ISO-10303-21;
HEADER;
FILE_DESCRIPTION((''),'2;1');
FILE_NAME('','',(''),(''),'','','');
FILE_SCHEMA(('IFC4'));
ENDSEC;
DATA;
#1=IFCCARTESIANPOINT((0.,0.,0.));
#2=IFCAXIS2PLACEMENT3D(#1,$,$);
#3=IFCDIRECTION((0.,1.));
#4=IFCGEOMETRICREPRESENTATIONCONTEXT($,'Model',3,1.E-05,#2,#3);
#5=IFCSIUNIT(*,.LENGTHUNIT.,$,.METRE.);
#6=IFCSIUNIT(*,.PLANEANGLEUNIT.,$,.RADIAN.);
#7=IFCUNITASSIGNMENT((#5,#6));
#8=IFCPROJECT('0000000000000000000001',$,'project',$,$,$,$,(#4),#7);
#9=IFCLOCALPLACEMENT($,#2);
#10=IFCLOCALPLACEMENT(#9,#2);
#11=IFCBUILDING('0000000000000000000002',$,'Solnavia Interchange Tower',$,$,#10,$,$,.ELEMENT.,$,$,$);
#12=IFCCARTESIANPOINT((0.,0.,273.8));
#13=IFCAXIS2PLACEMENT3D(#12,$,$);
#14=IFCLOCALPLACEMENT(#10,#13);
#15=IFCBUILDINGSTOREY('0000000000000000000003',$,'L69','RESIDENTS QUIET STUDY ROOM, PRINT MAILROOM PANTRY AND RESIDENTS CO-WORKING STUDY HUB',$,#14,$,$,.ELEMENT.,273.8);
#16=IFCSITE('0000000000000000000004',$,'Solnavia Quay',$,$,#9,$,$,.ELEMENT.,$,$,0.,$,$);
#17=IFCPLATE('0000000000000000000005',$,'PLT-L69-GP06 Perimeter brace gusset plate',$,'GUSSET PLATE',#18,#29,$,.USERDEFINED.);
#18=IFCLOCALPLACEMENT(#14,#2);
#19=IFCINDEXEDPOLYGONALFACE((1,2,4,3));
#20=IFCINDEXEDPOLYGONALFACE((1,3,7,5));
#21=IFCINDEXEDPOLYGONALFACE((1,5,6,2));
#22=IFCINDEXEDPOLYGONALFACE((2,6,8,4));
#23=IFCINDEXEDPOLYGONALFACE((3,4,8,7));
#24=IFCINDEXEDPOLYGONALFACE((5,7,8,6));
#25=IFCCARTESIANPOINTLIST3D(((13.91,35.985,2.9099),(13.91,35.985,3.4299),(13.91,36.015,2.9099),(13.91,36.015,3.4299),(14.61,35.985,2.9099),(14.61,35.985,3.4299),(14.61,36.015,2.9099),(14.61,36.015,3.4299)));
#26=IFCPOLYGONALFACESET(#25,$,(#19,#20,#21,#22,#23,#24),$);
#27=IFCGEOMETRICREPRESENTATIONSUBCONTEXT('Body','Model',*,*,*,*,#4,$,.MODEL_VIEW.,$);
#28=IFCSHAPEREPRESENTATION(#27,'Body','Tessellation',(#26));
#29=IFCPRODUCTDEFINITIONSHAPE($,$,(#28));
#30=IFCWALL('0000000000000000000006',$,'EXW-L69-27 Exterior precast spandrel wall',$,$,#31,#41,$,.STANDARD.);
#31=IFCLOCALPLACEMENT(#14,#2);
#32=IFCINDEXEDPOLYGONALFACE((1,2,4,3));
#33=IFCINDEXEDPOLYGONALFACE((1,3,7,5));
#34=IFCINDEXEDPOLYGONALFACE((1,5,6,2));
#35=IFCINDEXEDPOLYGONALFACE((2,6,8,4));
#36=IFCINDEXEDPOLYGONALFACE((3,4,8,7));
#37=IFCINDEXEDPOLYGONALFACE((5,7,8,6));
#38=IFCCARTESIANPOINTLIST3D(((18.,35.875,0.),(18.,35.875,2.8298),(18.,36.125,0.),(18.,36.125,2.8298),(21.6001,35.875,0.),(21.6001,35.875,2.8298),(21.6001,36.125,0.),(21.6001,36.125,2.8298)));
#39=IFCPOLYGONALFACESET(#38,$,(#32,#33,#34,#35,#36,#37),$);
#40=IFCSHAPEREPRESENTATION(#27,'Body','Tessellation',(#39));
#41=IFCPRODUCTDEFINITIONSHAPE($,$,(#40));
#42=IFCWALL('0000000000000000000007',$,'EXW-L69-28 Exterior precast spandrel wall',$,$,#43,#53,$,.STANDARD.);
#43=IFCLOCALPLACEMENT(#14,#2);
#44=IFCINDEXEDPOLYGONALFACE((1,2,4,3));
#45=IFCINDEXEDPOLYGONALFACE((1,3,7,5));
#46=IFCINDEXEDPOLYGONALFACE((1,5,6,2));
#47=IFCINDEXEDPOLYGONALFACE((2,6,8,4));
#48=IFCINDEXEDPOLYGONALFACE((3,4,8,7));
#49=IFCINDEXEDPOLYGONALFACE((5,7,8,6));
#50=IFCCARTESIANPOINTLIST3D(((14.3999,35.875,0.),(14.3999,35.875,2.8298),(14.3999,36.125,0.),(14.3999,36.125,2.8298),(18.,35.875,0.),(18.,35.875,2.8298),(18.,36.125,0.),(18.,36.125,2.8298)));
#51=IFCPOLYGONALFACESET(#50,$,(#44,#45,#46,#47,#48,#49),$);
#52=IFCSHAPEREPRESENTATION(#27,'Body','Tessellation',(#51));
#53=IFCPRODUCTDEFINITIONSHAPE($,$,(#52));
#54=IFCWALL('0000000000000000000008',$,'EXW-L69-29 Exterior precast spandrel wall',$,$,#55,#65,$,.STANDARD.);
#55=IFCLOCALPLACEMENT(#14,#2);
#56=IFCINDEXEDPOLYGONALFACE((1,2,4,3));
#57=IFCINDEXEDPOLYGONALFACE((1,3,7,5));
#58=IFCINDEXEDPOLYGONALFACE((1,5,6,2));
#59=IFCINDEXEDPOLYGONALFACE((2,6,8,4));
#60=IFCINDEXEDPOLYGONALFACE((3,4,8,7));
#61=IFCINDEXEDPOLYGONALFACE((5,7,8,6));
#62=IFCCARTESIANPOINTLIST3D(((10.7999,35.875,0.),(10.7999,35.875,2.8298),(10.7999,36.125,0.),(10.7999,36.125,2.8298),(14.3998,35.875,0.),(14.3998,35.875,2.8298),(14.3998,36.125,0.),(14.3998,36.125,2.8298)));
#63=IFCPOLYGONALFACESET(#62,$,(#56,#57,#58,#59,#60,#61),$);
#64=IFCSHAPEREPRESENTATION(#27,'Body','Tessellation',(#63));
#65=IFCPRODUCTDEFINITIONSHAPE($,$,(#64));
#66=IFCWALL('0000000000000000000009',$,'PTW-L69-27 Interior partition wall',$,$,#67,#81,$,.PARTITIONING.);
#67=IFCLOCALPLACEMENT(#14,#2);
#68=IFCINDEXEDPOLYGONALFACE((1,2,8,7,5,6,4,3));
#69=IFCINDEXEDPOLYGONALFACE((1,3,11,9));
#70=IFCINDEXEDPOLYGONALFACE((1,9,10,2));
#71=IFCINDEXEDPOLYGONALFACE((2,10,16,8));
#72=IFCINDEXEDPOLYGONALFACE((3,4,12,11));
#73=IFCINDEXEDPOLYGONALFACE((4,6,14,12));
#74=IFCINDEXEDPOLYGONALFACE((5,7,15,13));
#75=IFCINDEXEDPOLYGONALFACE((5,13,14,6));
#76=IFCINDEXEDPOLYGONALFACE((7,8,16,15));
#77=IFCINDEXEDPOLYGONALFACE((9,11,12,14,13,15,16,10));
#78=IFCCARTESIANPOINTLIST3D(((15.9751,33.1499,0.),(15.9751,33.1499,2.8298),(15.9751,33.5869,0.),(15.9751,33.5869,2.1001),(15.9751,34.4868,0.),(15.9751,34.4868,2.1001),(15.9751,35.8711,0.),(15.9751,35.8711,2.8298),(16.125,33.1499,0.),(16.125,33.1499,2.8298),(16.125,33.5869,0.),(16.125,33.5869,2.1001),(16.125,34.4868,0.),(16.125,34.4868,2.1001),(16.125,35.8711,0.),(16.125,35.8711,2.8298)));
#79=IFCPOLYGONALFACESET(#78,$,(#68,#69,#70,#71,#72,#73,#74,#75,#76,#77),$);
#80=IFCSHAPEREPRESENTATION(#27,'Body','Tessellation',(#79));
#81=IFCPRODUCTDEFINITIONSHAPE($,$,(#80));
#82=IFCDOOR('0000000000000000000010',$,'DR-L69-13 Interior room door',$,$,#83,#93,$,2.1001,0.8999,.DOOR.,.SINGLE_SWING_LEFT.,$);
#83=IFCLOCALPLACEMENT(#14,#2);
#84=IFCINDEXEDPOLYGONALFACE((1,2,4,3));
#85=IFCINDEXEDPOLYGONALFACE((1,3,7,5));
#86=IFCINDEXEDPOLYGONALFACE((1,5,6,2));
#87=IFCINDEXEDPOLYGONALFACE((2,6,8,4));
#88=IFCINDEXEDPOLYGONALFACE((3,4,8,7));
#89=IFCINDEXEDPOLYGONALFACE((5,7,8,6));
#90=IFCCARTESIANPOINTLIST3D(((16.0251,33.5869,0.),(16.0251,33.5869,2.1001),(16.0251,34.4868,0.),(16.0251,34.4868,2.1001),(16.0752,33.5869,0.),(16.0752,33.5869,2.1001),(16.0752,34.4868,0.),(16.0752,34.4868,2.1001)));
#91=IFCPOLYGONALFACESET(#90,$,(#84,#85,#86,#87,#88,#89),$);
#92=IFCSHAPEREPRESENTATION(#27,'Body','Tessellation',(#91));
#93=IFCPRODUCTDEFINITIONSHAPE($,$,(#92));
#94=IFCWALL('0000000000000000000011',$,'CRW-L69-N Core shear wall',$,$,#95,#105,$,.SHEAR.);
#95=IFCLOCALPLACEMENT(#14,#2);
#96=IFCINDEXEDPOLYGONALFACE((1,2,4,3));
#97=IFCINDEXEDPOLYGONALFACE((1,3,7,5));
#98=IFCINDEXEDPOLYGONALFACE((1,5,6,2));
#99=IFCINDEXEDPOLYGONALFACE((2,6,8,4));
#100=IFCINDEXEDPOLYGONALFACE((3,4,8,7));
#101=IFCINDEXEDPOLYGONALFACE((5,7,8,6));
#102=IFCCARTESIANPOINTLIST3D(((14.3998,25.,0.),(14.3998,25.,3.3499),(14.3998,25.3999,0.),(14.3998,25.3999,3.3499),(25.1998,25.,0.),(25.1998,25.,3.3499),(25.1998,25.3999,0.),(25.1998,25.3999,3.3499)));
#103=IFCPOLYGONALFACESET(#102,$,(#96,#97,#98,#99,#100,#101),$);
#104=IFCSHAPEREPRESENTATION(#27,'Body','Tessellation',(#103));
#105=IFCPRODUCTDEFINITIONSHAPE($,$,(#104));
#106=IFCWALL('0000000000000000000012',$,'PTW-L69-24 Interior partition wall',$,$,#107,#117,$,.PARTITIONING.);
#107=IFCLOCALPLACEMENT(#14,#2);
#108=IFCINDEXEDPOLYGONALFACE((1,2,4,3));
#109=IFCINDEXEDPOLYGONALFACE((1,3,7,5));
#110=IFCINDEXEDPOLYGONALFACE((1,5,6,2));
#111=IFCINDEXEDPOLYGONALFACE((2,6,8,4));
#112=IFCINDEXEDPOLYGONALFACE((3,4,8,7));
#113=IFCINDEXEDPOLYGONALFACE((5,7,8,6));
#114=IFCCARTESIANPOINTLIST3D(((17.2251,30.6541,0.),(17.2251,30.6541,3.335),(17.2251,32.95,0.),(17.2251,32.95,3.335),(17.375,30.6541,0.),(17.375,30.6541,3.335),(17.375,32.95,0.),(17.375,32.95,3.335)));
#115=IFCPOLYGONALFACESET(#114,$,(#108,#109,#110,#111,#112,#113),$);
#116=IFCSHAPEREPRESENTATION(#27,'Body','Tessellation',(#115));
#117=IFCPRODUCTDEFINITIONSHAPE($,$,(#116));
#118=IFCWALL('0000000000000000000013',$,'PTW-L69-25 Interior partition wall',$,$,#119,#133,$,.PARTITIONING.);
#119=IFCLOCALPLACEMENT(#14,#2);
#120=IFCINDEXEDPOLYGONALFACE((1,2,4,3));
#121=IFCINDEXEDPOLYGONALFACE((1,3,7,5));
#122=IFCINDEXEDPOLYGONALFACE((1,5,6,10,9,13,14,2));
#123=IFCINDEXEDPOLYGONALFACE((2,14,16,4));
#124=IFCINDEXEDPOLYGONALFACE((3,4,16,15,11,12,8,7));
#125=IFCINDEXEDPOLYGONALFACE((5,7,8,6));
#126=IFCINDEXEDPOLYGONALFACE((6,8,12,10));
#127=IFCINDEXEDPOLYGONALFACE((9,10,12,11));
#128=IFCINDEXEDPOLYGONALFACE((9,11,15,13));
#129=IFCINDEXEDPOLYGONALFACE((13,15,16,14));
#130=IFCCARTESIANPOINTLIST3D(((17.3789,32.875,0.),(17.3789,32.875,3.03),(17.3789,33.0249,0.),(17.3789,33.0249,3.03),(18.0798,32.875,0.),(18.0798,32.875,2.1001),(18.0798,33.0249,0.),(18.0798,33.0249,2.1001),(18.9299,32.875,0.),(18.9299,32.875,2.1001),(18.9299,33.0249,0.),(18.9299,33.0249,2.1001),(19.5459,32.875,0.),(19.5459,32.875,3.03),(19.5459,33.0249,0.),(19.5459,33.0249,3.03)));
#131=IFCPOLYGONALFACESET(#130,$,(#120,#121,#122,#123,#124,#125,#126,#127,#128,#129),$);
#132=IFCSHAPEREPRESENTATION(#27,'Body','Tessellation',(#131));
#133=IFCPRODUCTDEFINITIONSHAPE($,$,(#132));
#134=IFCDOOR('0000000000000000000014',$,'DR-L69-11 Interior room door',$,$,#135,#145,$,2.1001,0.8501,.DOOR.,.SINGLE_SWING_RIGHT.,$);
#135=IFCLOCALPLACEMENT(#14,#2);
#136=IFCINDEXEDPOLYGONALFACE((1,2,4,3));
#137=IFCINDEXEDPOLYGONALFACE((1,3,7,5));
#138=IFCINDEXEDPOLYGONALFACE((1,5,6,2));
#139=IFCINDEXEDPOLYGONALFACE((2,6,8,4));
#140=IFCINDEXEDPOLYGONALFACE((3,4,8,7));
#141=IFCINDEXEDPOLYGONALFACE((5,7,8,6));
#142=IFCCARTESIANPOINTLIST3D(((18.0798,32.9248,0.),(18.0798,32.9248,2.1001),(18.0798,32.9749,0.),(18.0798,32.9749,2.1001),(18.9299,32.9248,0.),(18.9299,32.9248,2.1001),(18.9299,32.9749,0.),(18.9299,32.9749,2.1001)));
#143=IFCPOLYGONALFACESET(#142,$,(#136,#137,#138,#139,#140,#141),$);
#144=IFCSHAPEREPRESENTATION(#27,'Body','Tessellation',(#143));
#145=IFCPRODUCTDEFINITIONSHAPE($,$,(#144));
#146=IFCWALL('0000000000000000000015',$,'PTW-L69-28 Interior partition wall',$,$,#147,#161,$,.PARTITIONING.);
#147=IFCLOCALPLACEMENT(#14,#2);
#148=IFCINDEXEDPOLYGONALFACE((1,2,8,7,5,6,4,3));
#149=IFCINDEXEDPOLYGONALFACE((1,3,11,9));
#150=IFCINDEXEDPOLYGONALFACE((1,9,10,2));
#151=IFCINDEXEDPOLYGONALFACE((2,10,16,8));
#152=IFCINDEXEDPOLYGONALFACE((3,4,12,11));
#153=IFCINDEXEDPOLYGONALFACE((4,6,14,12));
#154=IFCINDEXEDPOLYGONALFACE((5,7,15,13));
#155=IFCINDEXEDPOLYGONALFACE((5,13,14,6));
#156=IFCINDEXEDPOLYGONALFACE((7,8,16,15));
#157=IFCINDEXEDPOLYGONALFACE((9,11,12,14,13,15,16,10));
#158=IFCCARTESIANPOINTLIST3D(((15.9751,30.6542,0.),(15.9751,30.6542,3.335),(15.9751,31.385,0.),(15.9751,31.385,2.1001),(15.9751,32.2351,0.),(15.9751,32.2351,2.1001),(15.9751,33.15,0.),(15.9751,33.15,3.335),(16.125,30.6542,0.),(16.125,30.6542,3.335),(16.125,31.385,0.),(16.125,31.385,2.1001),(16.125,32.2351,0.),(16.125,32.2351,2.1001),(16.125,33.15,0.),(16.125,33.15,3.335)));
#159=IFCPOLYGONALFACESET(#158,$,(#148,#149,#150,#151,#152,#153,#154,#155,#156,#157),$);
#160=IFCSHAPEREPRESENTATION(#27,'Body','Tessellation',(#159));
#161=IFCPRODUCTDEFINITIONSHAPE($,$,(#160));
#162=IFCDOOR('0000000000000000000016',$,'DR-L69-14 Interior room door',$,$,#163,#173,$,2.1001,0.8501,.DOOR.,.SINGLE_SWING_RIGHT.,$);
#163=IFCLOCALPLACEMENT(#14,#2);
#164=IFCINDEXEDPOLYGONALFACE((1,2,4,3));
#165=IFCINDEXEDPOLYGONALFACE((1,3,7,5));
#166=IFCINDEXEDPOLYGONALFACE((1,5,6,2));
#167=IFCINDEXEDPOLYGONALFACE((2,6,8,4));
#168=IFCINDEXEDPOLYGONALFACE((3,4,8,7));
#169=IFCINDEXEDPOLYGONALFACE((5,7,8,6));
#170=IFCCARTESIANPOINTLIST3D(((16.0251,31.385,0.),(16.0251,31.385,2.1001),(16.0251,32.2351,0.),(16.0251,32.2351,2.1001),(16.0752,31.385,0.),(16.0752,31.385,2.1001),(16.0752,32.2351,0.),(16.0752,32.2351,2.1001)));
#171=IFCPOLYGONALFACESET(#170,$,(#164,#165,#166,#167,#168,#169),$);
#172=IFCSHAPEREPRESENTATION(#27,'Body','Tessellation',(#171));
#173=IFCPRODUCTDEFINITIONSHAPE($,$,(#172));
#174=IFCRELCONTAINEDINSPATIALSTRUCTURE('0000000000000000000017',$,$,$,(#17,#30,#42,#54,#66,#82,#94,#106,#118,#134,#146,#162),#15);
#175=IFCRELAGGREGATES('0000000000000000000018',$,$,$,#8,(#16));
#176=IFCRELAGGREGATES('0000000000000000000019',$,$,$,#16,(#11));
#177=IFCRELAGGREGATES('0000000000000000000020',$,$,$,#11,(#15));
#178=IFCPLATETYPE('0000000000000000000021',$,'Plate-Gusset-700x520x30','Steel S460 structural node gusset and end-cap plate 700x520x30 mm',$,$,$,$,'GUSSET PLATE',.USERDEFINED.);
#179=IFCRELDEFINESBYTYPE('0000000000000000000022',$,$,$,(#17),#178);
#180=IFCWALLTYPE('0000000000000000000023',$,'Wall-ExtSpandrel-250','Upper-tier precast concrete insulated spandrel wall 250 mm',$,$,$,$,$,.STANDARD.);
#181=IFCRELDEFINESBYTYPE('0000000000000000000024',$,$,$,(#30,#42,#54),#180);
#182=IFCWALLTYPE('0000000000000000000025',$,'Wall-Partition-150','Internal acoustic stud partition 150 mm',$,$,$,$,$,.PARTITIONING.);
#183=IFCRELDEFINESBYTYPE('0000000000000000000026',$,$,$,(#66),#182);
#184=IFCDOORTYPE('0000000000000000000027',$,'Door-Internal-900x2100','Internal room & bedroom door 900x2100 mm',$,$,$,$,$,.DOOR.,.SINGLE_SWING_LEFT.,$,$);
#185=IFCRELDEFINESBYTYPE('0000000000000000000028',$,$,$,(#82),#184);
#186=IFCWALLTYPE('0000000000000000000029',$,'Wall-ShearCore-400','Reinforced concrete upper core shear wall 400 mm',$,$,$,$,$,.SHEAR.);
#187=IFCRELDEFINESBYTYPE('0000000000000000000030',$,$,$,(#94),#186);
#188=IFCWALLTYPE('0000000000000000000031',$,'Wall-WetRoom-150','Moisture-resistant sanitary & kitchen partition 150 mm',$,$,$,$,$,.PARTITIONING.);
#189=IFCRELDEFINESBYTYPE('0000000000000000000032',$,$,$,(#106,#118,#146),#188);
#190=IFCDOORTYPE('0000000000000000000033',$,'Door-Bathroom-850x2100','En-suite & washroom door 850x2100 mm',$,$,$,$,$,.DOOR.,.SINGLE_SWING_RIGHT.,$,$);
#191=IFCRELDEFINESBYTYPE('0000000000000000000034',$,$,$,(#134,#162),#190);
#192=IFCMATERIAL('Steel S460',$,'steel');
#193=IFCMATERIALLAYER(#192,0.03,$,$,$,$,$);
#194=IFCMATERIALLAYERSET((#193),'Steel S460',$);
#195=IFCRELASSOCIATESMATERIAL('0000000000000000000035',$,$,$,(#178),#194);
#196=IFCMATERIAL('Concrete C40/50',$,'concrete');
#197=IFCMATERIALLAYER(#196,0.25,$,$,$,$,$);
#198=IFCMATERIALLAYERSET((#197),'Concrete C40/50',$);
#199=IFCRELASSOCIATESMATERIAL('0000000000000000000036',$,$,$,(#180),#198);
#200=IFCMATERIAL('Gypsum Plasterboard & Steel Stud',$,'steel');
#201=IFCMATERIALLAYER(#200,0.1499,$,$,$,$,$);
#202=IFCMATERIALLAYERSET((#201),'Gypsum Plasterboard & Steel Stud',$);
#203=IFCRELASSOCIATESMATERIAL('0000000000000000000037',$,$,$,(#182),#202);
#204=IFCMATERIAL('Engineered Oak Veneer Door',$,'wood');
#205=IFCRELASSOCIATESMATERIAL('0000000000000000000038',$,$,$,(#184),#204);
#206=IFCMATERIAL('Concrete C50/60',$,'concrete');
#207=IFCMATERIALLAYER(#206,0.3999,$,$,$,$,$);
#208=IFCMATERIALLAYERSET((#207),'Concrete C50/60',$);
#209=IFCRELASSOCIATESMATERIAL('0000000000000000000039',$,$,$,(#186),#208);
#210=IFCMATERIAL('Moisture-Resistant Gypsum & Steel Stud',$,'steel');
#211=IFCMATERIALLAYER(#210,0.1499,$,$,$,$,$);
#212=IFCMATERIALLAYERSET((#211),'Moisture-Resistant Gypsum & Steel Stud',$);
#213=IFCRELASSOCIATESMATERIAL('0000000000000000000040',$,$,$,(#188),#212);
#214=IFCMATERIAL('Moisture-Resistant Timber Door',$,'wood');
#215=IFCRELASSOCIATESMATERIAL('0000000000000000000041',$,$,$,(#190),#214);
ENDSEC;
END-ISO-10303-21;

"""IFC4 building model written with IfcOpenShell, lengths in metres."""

from ifc_helpers import new_model, si_unit, direction, frame, frame_2d, origin, origin_2d, place, context, subcontext, project, spatial, rectangle, extrude, material, layer, layer_set, type_object, element, fill, save


model = new_model("IFC4")

# Units and contexts
model_context = context("Model", 3, precision=1e-05, world=origin(), true_north=direction((0.0, 1.0)))
body_context = subcontext(model_context, "Body", "Model", "MODEL_VIEW")
ifc_project = project(units=[si_unit("LENGTHUNIT", "METRE"), si_unit("PLANEANGLEUNIT", "RADIAN")], contexts=[model_context])

# Site, building, storey
site_placement = place(None, origin())
site = spatial("IfcSite", under=ifc_project, at=site_placement, Name="Solnavia Quay", CompositionType="ELEMENT", RefElevation=0.0)
building_placement = place(site_placement, origin())
building = spatial("IfcBuilding", under=site, at=building_placement, Name="Solnavia Interchange Tower", CompositionType="ELEMENT")
storey_placement = place(building_placement, frame((0.0, 0.0, 273.8)))
storey = spatial("IfcBuildingStorey", under=building, at=storey_placement, Name="L69", Description="RESIDENTS QUIET STUDY ROOM, PRINT MAILROOM PANTRY AND RESIDENTS CO-WORKING STUDY HUB", CompositionType="ELEMENT", Elevation=273.8)

# Shared definitions
ifc_material_1 = material(Name="Concrete C50/60", Category="concrete")

# Shared definitions
ifc_material_2 = material(Name="Steel S460", Category="steel")

# Plate
ifc_layer_1 = layer(ifc_material_2, 0.03)
ifc_layer_set_1 = layer_set([ifc_layer_1], Name="Steel S460")
plate_type = type_object("IfcPlateType", Name="Plate-Gusset-700x520x30", Description="Steel S460 structural node gusset and end-cap plate 700x520x30 mm", ElementType="GUSSET PLATE", PredefinedType="USERDEFINED", material=ifc_layer_set_1)
for number, where, z_axis, x_axis, name in (
    (1, (14.26, 36.0, 2.9099), (0.0, 0.0, 1.0), (1.0, 0.0, 0.0), "PLT-L69-GP06 Perimeter brace gusset plate"),
):
    element("IfcPlate", number, at=place(storey_placement, frame(where, z_axis=z_axis, x_axis=x_axis)), inside=storey, type_object=plate_type, Name=name, ObjectType="GUSSET PLATE", PredefinedType="USERDEFINED", context=body_context, shape_type="SweptSolid", body=[
        extrude(rectangle(XDim=0.7, YDim=0.03, at=origin_2d()), origin(), (0.0, 0.0, 1.0), 0.52),
    ])

# Walls
ifc_material_3 = material(Name="Concrete C40/50", Category="concrete")
ifc_layer_2 = layer(ifc_material_3, 0.25)
ifc_layer_set_2 = layer_set([ifc_layer_2], Name="Concrete C40/50")
wall_type_1 = type_object("IfcWallType", Name="Wall-ExtSpandrel-250", Description="Upper-tier precast concrete insulated spandrel wall 250 mm", PredefinedType="STANDARD", material=ifc_layer_set_2)
for number, where, z_axis, x_axis, name in (
    (2, (18.0, 36.0, 0.0), (0.0, 0.0, 1.0), (1.0, 0.0, 0.0), "EXW-L69-27 Exterior precast spandrel wall"),
    (3, (14.3999, 36.0, 0.0), (0.0, 0.0, 1.0), (1.0, 0.0, 0.0), "EXW-L69-28 Exterior precast spandrel wall"),
):
    element("IfcWall", number, at=place(storey_placement, frame(where, z_axis=z_axis, x_axis=x_axis)), inside=storey, type_object=wall_type_1, Name=name, PredefinedType="STANDARD", context=body_context, shape_type="SweptSolid", body=[
        extrude(rectangle(XDim=3.6001, YDim=0.25, at=frame_2d((1.8, 0.0))), origin(), (0.0, 0.0, 1.0), 2.8298),
    ])
wall_1_placement = place(storey_placement, frame((10.8, 36.0, 0.0), z_axis=(0.0, 0.0, 1.0), x_axis=(1.0, 0.0, 0.0)))
element("IfcWall", 4, at=wall_1_placement, inside=storey, type_object=wall_type_1, Name="EXW-L69-29 Exterior precast spandrel wall", PredefinedType="STANDARD", context=body_context, shape_type="SweptSolid", body=[
    extrude(rectangle(XDim=3.5999, YDim=0.25, at=frame_2d((1.7998, 0.0))), origin(), (0.0, 0.0, 1.0), 2.8298),
])

# Wall, opening, door
ifc_material_4 = material(Name="Gypsum Plasterboard & Steel Stud", Category="steel")
ifc_layer_3 = layer(ifc_material_4, 0.1499)
ifc_layer_set_3 = layer_set([ifc_layer_3], Name="Gypsum Plasterboard & Steel Stud")
wall_type_2 = type_object("IfcWallType", Name="Wall-Partition-150", Description="Internal acoustic stud partition 150 mm", PredefinedType="PARTITIONING", material=ifc_layer_set_3)
wall_2_placement = place(storey_placement, frame((16.05, 33.1499, 0.0), z_axis=(0.0, 0.0, 1.0), x_axis=(0.0, 1.0, 0.0)))
wall_2 = element("IfcWall", 5, at=wall_2_placement, inside=storey, type_object=wall_type_2, Name="PTW-L69-27 Interior partition wall", PredefinedType="PARTITIONING", context=body_context, shape_type="SweptSolid", body=[
    extrude(rectangle(XDim=2.7212, YDim=0.1499, at=frame_2d((1.3606, 0.0))), origin(), (0.0, 0.0, 1.0), 2.8298),
])
opening_1_placement = place(wall_2_placement, frame((0.437, 0.0, 0.0)))
opening_1 = element("IfcOpeningElement", 6, at=opening_1_placement, cuts=wall_2, PredefinedType="OPENING", context=body_context, shape_type="SweptSolid", body=[
    extrude(rectangle(XDim=0.8999, YDim=2.1001, at=frame_2d((0.45, 1.05))), frame((0.0, 0.085, 0.0), z_axis=(0.0, -1.0, 0.0), x_axis=(1.0, 0.0, 0.0)), (0.0, 0.0, 1.0), 0.1699),
])
ifc_material_5 = material(Name="Engineered Oak Veneer Door", Category="wood")
door_type_1 = type_object("IfcDoorType", Name="Door-Internal-900x2100", Description="Internal room & bedroom door 900x2100 mm", OperationType="SINGLE_SWING_LEFT", PredefinedType="DOOR", material=ifc_material_5)
door_1_placement = place(opening_1_placement, origin())
door_1 = element("IfcDoor", 7, at=door_1_placement, inside=storey, type_object=door_type_1, Name="DR-L69-13 Interior room door", OperationType="SINGLE_SWING_LEFT", OverallHeight=2.1001, OverallWidth=0.8999, PredefinedType="DOOR", context=body_context, shape_type="SweptSolid", body=[
    extrude(rectangle(XDim=0.8999, YDim=2.1001, at=frame_2d((0.45, 1.05))), frame((0.0, 0.0249, 0.0), z_axis=(0.0, -1.0, 0.0), x_axis=(1.0, 0.0, 0.0)), (0.0, 0.0, 1.0), 0.05),
])
fill(opening_1, door_1)

# Walls
ifc_layer_4 = layer(ifc_material_1, 0.3999)
ifc_layer_set_4 = layer_set([ifc_layer_4], Name="Concrete C50/60")
wall_type_3 = type_object("IfcWallType", Name="Wall-ShearCore-400", Description="Reinforced concrete upper core shear wall 400 mm", PredefinedType="SHEAR", material=ifc_layer_set_4)
wall_3_placement = place(storey_placement, frame((14.3999, 25.2, 0.0), z_axis=(0.0, 0.0, 1.0), x_axis=(1.0, 0.0, 0.0)))
element("IfcWall", 8, at=wall_3_placement, inside=storey, type_object=wall_type_3, Name="CRW-L69-N Core shear wall", PredefinedType="SHEAR", context=body_context, shape_type="SweptSolid", body=[
    extrude(rectangle(XDim=10.8, YDim=0.3999, at=frame_2d((5.3999, 0.0))), origin(), (0.0, 0.0, 1.0), 3.3499),
])
ifc_material_6 = material(Name="Moisture-Resistant Gypsum & Steel Stud", Category="steel")
ifc_layer_5 = layer(ifc_material_6, 0.1499)
ifc_layer_set_5 = layer_set([ifc_layer_5], Name="Moisture-Resistant Gypsum & Steel Stud")
wall_type_4 = type_object("IfcWallType", Name="Wall-WetRoom-150", Description="Moisture-resistant sanitary & kitchen partition 150 mm", PredefinedType="PARTITIONING", material=ifc_layer_set_5)
wall_4_placement = place(storey_placement, frame((17.3, 30.6541, 0.0), z_axis=(0.0, 0.0, 1.0), x_axis=(0.0, 1.0, 0.0)))
element("IfcWall", 9, at=wall_4_placement, inside=storey, type_object=wall_type_4, Name="PTW-L69-24 Interior partition wall", PredefinedType="PARTITIONING", context=body_context, shape_type="SweptSolid", body=[
    extrude(rectangle(XDim=2.2959, YDim=0.1499, at=frame_2d((1.1479, 0.0))), origin(), (0.0, 0.0, 1.0), 3.335),
])

# Walls, openings, doors
wall_5_placement = place(storey_placement, frame((17.3789, 32.95, 0.0), z_axis=(0.0, 0.0, 1.0), x_axis=(1.0, 0.0, 0.0)))
wall_5 = element("IfcWall", 10, at=wall_5_placement, inside=storey, type_object=wall_type_4, Name="PTW-L69-25 Interior partition wall", PredefinedType="PARTITIONING", context=body_context, shape_type="SweptSolid", body=[
    extrude(rectangle(XDim=2.167, YDim=0.1499, at=frame_2d((1.0835, 0.0))), origin(), (0.0, 0.0, 1.0), 3.03),
])
opening_2_placement = place(wall_5_placement, frame((0.7009, 0.0, 0.0)))
opening_2 = element("IfcOpeningElement", 11, at=opening_2_placement, cuts=wall_5, PredefinedType="OPENING", context=body_context, shape_type="SweptSolid", body=[
    extrude(rectangle(XDim=0.8501, YDim=2.1001, at=frame_2d((0.425, 1.05))), frame((0.0, 0.085, 0.0), z_axis=(0.0, -1.0, 0.0), x_axis=(1.0, 0.0, 0.0)), (0.0, 0.0, 1.0), 0.1699),
])
ifc_material_7 = material(Name="Moisture-Resistant Timber Door", Category="wood")
door_type_2 = type_object("IfcDoorType", Name="Door-Bathroom-850x2100", Description="En-suite & washroom door 850x2100 mm", OperationType="SINGLE_SWING_RIGHT", PredefinedType="DOOR", material=ifc_material_7)
door_2_placement = place(opening_2_placement, origin())
door_2 = element("IfcDoor", 12, at=door_2_placement, inside=storey, type_object=door_type_2, Name="DR-L69-11 Interior room door", OperationType="SINGLE_SWING_RIGHT", OverallHeight=2.1001, OverallWidth=0.8501, PredefinedType="DOOR", context=body_context, shape_type="SweptSolid", body=[
    extrude(rectangle(XDim=0.8501, YDim=2.1001, at=frame_2d((0.425, 1.05))), frame((0.0, 0.0249, 0.0), z_axis=(0.0, -1.0, 0.0), x_axis=(1.0, 0.0, 0.0)), (0.0, 0.0, 1.0), 0.05),
])
fill(opening_2, door_2)
wall_6_placement = place(storey_placement, frame((16.05, 30.6541, 0.0), z_axis=(0.0, 0.0, 1.0), x_axis=(0.0, 1.0, 0.0)))
wall_6 = element("IfcWall", 13, at=wall_6_placement, inside=storey, type_object=wall_type_4, Name="PTW-L69-28 Interior partition wall", PredefinedType="PARTITIONING", context=body_context, shape_type="SweptSolid", body=[
    extrude(rectangle(XDim=2.4958, YDim=0.1499, at=frame_2d((1.248, 0.0))), origin(), (0.0, 0.0, 1.0), 3.335),
])
opening_3_placement = place(wall_6_placement, frame((0.731, 0.0, 0.0)))
opening_3 = element("IfcOpeningElement", 14, at=opening_3_placement, cuts=wall_6, PredefinedType="OPENING", context=body_context, shape_type="SweptSolid", body=[
    extrude(rectangle(XDim=0.8501, YDim=2.1001, at=frame_2d((0.425, 1.05))), frame((0.0, 0.085, 0.0), z_axis=(0.0, -1.0, 0.0), x_axis=(1.0, 0.0, 0.0)), (0.0, 0.0, 1.0), 0.1699),
])
door_3_placement = place(opening_3_placement, origin())
door_3 = element("IfcDoor", 15, at=door_3_placement, inside=storey, type_object=door_type_2, Name="DR-L69-14 Interior room door", OperationType="SINGLE_SWING_RIGHT", OverallHeight=2.1001, OverallWidth=0.8501, PredefinedType="DOOR", context=body_context, shape_type="SweptSolid", body=[
    extrude(rectangle(XDim=0.8501, YDim=2.1001, at=frame_2d((0.425, 1.05))), frame((0.0, 0.0249, 0.0), z_axis=(0.0, -1.0, 0.0), x_axis=(1.0, 0.0, 0.0)), (0.0, 0.0, 1.0), 0.05),
])
fill(opening_3, door_3)

save(model, "model.ifc")
